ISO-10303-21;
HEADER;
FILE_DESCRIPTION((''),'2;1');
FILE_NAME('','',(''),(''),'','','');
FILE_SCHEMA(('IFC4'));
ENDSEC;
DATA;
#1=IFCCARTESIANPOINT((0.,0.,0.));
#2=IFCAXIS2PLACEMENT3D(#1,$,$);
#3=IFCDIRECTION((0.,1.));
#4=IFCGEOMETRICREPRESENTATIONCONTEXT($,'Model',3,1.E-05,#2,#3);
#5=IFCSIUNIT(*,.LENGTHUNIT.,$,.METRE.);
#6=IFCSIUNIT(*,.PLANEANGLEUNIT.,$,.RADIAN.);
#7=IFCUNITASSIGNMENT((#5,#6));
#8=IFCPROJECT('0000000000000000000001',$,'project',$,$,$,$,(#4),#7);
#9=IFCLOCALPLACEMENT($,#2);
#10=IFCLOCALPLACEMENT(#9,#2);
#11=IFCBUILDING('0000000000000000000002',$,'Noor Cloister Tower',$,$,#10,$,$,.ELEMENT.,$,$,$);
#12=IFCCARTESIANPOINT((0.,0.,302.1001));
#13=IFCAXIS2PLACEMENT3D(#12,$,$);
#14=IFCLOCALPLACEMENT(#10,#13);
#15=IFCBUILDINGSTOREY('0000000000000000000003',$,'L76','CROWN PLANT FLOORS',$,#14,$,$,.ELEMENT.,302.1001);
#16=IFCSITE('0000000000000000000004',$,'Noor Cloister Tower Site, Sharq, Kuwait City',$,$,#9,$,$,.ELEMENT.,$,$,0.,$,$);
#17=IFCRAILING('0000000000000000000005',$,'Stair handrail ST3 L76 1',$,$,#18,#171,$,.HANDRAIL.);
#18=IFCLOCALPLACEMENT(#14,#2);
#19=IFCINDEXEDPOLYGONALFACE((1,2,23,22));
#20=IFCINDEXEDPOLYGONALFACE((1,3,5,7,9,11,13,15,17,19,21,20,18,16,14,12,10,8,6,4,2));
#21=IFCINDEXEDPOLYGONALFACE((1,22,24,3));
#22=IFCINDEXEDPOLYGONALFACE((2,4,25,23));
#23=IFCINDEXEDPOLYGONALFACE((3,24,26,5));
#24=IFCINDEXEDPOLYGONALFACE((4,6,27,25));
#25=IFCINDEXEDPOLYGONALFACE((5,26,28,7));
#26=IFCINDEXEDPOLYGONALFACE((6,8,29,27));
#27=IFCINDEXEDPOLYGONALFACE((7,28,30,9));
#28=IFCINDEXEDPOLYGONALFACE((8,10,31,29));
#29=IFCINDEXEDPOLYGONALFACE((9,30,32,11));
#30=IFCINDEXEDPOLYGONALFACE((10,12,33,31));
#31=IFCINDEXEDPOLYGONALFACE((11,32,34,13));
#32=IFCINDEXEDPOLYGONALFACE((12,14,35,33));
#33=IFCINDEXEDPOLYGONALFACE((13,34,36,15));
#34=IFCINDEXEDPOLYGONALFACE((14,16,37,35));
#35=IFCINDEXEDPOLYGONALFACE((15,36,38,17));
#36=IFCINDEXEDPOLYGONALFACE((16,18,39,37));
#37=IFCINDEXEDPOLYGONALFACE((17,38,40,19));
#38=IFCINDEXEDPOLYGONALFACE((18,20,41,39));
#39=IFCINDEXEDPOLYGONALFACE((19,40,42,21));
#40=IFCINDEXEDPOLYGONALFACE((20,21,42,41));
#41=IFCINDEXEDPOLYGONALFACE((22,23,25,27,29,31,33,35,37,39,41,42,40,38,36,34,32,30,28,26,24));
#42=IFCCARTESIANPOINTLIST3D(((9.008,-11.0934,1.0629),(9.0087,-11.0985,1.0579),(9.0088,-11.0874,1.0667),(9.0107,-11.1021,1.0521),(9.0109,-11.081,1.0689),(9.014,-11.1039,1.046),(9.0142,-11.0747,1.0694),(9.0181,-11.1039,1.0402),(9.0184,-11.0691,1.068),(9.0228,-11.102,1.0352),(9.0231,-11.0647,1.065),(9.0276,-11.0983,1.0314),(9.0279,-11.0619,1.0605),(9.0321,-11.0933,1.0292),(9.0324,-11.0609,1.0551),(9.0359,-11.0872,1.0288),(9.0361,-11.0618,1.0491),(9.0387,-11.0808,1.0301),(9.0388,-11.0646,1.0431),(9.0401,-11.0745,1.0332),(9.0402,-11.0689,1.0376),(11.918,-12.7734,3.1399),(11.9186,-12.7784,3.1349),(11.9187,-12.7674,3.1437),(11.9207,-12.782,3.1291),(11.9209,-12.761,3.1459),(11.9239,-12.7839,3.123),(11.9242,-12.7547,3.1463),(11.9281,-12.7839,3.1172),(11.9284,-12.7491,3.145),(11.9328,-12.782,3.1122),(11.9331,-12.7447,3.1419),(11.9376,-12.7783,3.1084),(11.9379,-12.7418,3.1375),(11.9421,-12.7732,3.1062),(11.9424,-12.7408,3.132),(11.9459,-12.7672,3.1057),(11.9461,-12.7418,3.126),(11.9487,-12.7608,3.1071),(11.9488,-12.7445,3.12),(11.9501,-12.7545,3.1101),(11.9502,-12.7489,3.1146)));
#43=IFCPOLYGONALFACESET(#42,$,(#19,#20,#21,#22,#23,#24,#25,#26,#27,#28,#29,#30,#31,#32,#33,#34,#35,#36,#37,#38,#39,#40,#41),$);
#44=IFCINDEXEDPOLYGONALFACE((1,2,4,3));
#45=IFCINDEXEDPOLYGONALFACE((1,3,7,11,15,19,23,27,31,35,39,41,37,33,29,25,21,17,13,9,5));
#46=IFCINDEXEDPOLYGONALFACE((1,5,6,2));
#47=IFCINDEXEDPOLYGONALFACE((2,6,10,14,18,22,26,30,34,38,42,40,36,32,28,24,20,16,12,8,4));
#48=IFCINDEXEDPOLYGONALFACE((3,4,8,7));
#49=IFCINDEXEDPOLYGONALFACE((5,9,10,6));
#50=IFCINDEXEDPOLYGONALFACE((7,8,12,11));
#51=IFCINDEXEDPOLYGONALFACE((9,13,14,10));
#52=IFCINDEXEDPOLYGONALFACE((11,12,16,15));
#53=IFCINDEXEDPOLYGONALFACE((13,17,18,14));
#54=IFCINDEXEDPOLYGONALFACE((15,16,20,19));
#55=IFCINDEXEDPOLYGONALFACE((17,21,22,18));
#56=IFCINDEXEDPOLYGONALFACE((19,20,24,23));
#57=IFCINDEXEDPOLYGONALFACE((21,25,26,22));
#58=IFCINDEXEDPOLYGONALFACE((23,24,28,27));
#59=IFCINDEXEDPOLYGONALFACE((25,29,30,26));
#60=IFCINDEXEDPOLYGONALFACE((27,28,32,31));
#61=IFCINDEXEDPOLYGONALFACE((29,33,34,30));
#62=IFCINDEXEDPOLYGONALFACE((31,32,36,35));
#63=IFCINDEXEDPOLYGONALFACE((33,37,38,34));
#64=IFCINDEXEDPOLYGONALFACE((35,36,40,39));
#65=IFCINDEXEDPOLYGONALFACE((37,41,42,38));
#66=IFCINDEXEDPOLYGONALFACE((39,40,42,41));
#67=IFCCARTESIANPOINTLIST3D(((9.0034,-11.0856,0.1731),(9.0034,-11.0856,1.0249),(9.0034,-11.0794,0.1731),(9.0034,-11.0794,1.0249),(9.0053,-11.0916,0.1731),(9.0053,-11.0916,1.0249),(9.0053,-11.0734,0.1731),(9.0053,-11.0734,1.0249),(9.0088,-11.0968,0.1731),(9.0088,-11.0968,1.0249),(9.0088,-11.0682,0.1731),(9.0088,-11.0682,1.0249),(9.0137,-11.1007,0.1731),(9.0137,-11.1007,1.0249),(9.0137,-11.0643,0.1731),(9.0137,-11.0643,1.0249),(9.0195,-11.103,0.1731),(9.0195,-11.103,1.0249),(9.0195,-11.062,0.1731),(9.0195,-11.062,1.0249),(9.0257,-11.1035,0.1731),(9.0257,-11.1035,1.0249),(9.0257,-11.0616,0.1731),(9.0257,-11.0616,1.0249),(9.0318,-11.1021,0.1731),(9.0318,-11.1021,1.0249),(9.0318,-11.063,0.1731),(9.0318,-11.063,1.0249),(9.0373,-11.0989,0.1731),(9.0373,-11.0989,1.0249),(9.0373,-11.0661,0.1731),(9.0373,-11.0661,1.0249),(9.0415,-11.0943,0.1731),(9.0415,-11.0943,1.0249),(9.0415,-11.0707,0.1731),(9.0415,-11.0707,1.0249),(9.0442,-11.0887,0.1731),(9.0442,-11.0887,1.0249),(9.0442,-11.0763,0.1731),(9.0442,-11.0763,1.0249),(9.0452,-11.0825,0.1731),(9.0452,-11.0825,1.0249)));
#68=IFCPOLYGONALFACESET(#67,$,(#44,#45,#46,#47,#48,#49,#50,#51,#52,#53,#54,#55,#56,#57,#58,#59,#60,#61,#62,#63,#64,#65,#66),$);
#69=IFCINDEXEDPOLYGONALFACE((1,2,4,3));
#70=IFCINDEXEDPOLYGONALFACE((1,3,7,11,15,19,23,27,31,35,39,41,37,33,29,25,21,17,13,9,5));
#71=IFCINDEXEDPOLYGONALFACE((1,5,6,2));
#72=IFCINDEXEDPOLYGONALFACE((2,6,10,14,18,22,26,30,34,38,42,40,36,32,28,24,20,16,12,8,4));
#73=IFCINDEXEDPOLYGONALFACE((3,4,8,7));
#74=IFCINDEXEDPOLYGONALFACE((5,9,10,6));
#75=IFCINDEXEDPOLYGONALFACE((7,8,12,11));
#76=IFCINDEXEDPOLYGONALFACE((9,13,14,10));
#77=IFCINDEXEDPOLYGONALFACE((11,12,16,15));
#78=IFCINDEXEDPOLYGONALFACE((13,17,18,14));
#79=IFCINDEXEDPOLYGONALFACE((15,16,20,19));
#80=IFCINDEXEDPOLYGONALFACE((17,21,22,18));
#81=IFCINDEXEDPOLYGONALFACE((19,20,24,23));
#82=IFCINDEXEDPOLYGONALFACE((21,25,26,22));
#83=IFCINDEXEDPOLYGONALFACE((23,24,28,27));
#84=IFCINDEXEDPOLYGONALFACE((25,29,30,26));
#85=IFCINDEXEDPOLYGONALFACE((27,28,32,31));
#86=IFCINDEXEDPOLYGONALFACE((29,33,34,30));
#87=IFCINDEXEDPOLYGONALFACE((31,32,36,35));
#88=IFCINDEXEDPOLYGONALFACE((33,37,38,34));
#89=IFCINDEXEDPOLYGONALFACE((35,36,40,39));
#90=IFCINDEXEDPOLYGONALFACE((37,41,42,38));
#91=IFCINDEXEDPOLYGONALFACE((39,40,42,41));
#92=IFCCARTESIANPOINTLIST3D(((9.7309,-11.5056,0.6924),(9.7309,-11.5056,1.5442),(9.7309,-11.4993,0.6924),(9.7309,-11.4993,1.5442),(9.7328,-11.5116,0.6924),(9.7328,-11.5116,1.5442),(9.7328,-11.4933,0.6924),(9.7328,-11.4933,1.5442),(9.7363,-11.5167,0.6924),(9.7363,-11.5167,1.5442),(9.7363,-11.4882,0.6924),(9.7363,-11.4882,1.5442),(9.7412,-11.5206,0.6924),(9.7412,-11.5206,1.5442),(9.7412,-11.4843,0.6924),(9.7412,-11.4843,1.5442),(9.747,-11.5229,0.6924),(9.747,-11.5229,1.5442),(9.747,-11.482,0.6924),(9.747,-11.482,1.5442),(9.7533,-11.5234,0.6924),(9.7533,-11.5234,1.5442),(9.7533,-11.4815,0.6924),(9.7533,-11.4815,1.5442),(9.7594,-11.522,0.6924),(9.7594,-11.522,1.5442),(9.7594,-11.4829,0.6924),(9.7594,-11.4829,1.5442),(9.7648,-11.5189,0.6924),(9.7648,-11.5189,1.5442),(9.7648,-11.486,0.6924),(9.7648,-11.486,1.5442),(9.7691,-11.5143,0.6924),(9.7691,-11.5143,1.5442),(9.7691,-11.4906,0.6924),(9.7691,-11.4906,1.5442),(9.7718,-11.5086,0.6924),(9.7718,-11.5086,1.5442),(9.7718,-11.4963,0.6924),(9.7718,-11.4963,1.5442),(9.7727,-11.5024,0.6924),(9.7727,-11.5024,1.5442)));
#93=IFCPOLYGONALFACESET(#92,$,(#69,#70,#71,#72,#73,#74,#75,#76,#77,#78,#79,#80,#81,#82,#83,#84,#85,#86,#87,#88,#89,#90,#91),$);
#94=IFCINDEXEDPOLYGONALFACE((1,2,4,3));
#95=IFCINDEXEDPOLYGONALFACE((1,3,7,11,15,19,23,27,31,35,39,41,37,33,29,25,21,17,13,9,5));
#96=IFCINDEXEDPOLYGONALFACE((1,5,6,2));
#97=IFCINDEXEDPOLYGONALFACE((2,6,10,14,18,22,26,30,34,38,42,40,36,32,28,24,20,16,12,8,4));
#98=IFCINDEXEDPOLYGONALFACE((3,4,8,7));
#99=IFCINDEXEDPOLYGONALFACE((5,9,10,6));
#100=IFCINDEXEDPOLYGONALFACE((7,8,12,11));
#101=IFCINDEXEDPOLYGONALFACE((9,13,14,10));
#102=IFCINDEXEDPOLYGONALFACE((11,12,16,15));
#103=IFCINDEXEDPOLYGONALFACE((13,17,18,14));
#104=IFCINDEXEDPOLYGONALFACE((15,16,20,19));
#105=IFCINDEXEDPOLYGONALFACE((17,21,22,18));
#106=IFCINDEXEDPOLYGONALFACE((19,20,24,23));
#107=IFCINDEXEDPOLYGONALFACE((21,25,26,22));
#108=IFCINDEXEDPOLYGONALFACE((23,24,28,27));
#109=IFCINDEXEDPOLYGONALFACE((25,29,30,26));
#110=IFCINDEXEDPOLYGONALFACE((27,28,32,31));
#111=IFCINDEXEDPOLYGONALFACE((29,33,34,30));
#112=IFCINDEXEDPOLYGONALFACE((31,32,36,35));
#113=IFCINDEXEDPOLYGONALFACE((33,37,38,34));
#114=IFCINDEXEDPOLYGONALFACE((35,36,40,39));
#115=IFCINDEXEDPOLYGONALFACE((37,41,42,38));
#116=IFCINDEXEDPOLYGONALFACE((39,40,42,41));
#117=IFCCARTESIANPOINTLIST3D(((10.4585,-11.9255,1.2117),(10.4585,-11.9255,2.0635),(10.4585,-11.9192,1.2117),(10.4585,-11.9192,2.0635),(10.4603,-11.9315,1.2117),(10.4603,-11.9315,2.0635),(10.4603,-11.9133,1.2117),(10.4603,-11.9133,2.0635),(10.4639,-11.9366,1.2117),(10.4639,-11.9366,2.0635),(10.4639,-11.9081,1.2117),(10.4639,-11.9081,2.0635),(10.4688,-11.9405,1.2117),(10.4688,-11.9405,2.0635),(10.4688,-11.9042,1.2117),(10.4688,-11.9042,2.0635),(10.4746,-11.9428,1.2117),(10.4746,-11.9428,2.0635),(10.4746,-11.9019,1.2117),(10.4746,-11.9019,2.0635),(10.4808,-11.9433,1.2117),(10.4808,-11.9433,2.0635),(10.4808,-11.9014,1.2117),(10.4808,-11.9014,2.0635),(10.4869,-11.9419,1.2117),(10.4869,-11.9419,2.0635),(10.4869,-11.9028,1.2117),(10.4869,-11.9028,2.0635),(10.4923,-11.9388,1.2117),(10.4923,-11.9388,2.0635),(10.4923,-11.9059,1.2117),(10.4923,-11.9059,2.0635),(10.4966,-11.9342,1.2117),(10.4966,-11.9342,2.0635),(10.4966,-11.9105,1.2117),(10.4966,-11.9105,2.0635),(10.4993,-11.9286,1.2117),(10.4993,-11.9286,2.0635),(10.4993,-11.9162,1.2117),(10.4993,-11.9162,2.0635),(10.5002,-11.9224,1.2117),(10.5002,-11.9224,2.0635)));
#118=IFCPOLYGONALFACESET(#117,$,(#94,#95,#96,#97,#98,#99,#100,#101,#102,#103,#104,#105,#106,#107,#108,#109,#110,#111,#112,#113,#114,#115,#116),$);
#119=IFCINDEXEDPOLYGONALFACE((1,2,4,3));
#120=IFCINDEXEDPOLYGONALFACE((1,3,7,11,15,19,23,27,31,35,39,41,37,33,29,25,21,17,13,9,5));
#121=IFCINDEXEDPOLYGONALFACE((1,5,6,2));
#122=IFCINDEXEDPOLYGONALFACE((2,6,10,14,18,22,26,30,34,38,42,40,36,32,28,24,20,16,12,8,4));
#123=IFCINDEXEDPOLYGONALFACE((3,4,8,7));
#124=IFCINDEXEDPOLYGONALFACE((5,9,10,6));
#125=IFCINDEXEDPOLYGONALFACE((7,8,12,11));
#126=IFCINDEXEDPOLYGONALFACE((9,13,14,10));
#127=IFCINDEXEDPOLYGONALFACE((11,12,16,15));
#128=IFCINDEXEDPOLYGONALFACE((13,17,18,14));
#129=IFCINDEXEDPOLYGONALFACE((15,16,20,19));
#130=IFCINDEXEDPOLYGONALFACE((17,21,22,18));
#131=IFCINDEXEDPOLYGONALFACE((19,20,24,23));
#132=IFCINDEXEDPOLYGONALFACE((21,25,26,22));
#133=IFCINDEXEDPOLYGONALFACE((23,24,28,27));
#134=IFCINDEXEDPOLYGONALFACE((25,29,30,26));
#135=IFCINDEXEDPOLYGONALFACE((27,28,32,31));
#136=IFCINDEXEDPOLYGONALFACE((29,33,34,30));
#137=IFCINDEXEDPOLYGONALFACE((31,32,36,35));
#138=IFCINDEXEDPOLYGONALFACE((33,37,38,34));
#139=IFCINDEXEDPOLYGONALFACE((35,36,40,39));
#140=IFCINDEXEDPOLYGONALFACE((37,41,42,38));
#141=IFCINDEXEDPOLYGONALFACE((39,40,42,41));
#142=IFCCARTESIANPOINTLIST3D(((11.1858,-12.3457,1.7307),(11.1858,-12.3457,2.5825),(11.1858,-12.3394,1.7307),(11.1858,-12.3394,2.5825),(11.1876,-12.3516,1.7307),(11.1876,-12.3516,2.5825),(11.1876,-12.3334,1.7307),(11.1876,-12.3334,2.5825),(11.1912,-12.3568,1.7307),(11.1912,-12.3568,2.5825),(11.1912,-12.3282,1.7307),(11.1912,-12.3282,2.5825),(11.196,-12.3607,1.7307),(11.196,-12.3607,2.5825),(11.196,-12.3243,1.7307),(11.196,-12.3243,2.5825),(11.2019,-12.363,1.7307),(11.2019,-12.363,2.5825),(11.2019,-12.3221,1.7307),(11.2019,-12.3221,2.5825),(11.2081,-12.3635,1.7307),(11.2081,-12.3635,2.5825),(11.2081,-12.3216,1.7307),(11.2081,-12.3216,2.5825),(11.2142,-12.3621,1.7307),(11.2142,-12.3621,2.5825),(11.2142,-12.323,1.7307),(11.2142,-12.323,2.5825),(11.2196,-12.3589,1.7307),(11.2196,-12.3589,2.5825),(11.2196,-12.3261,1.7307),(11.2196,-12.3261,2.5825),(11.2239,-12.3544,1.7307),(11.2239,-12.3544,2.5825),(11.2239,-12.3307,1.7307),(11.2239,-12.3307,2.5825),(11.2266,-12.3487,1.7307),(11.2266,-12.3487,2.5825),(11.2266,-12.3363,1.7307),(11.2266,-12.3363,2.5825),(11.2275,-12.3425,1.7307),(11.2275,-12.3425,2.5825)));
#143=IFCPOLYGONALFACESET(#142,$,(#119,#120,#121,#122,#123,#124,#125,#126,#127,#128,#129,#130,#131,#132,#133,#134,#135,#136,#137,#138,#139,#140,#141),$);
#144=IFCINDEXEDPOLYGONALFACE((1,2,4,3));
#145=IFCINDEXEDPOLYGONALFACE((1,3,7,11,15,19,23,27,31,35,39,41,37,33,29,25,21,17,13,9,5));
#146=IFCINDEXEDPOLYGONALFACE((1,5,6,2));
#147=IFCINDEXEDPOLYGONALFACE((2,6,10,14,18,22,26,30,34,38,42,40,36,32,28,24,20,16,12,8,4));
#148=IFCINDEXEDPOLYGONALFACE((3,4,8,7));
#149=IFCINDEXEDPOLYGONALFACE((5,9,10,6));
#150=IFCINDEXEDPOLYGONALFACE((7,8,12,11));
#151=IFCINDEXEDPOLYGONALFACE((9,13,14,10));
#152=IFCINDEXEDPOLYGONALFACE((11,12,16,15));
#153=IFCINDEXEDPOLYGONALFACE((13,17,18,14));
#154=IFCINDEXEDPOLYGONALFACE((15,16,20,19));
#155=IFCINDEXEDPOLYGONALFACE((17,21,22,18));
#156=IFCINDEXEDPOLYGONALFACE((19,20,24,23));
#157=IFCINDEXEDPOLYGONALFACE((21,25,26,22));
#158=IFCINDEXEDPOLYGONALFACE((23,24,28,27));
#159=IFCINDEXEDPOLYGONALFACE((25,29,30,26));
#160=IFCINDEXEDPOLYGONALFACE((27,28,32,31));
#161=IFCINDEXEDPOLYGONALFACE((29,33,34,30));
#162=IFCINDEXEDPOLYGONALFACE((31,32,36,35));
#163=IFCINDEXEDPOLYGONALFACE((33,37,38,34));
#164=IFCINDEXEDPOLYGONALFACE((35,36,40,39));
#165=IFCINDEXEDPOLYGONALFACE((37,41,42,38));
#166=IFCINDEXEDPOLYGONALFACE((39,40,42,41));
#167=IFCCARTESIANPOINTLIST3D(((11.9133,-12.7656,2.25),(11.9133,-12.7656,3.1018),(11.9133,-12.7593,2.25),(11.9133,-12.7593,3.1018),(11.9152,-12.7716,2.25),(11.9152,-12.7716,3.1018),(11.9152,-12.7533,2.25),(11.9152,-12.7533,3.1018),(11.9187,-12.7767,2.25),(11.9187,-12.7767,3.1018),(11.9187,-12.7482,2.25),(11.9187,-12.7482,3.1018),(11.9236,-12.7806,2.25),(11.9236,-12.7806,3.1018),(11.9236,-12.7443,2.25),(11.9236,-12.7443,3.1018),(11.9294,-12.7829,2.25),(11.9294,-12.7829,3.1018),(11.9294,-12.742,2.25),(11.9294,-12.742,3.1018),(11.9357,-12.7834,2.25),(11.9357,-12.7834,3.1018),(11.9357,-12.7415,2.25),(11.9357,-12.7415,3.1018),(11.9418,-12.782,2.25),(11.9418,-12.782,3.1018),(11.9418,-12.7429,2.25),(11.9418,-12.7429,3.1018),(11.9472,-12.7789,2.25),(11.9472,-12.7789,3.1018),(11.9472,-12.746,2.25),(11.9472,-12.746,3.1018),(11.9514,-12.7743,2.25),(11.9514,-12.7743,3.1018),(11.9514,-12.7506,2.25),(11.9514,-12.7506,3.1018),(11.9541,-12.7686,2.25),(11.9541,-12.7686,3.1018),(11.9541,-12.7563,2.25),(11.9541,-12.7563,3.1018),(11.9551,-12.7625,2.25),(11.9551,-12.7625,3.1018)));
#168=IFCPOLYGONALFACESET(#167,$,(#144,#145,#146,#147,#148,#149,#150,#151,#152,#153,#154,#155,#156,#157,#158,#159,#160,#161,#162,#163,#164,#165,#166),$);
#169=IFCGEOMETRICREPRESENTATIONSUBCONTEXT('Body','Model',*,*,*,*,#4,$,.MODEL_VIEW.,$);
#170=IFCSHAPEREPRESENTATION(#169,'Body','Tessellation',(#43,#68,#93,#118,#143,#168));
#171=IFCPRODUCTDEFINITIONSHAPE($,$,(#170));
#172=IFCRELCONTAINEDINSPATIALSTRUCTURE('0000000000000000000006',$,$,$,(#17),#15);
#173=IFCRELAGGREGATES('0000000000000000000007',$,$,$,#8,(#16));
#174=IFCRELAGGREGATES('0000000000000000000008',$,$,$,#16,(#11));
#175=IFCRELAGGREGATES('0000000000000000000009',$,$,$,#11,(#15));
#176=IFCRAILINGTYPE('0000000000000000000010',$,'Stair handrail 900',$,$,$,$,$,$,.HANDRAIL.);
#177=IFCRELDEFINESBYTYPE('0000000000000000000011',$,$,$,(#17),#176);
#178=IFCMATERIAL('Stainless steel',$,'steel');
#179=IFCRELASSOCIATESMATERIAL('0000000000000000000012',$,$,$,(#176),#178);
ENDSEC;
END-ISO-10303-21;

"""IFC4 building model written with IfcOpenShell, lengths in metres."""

from ifc_helpers import new_model, si_unit, direction, frame, origin, origin_2d, place, context, subcontext, project, spatial, circle, extrude, material, type_object, element, save


model = new_model("IFC4")

# Units and contexts
model_context = context("Model", 3, precision=1e-05, world=origin(), true_north=direction((0.0, 1.0)))
body_context = subcontext(model_context, "Body", "Model", "MODEL_VIEW")
ifc_project = project(units=[si_unit("LENGTHUNIT", "METRE"), si_unit("PLANEANGLEUNIT", "RADIAN")], contexts=[model_context])

# Site, building, storey
site_placement = place(None, origin())
site = spatial("IfcSite", under=ifc_project, at=site_placement, Name="Noor Cloister Tower Site, Sharq, Kuwait City", CompositionType="ELEMENT", RefElevation=0.0)
building_placement = place(site_placement, origin())
building = spatial("IfcBuilding", under=site, at=building_placement, Name="Noor Cloister Tower", CompositionType="ELEMENT")
storey_placement = place(building_placement, frame((0.0, 0.0, 302.1001)))
storey = spatial("IfcBuildingStorey", under=building, at=storey_placement, Name="L76", Description="CROWN PLANT FLOORS", CompositionType="ELEMENT", Elevation=302.1001)

# Railing
ifc_material_1 = material(Name="Stainless steel", Category="steel")
railing_type_1 = type_object("IfcRailingType", Name="Stair handrail 900", PredefinedType="HANDRAIL", material=ifc_material_1)
railing_1_placement = place(storey_placement, frame((9.0242, -11.0825, 0.1731)))
element("IfcRailing", 1, at=railing_1_placement, inside=storey, type_object=railing_type_1, Name="Stair handrail ST3 L76 1", PredefinedType="HANDRAIL", context=body_context, shape_type="SweptSolid", body=[
    extrude(circle(Radius=0.0239, at=origin_2d()), frame((0.0, 0.0, 0.876), z_axis=(0.736668, -0.425288, 0.525785), x_axis=(0.499976, 0.866039, 0.0)), (0.0, 0.0, 1.0), 3.9502),
    extrude(circle(Radius=0.021, at=origin_2d()), origin(), (0.0, 0.0, 1.0), 0.8518),
    extrude(circle(Radius=0.021, at=origin_2d()), frame((0.7275, -0.4199, 0.5193)), (0.0, 0.0, 1.0), 0.8518),
    extrude(circle(Radius=0.021, at=origin_2d()), frame((1.4551, -0.8398, 1.0386)), (0.0, 0.0, 1.0), 0.8518),
    extrude(circle(Radius=0.021, at=origin_2d()), frame((2.1824, -1.26, 1.5576)), (0.0, 0.0, 1.0), 0.8518),
    extrude(circle(Radius=0.021, at=origin_2d()), frame((2.9099, -1.6799, 2.0769)), (0.0, 0.0, 1.0), 0.8518),
])

save(model, "model.ifc")
